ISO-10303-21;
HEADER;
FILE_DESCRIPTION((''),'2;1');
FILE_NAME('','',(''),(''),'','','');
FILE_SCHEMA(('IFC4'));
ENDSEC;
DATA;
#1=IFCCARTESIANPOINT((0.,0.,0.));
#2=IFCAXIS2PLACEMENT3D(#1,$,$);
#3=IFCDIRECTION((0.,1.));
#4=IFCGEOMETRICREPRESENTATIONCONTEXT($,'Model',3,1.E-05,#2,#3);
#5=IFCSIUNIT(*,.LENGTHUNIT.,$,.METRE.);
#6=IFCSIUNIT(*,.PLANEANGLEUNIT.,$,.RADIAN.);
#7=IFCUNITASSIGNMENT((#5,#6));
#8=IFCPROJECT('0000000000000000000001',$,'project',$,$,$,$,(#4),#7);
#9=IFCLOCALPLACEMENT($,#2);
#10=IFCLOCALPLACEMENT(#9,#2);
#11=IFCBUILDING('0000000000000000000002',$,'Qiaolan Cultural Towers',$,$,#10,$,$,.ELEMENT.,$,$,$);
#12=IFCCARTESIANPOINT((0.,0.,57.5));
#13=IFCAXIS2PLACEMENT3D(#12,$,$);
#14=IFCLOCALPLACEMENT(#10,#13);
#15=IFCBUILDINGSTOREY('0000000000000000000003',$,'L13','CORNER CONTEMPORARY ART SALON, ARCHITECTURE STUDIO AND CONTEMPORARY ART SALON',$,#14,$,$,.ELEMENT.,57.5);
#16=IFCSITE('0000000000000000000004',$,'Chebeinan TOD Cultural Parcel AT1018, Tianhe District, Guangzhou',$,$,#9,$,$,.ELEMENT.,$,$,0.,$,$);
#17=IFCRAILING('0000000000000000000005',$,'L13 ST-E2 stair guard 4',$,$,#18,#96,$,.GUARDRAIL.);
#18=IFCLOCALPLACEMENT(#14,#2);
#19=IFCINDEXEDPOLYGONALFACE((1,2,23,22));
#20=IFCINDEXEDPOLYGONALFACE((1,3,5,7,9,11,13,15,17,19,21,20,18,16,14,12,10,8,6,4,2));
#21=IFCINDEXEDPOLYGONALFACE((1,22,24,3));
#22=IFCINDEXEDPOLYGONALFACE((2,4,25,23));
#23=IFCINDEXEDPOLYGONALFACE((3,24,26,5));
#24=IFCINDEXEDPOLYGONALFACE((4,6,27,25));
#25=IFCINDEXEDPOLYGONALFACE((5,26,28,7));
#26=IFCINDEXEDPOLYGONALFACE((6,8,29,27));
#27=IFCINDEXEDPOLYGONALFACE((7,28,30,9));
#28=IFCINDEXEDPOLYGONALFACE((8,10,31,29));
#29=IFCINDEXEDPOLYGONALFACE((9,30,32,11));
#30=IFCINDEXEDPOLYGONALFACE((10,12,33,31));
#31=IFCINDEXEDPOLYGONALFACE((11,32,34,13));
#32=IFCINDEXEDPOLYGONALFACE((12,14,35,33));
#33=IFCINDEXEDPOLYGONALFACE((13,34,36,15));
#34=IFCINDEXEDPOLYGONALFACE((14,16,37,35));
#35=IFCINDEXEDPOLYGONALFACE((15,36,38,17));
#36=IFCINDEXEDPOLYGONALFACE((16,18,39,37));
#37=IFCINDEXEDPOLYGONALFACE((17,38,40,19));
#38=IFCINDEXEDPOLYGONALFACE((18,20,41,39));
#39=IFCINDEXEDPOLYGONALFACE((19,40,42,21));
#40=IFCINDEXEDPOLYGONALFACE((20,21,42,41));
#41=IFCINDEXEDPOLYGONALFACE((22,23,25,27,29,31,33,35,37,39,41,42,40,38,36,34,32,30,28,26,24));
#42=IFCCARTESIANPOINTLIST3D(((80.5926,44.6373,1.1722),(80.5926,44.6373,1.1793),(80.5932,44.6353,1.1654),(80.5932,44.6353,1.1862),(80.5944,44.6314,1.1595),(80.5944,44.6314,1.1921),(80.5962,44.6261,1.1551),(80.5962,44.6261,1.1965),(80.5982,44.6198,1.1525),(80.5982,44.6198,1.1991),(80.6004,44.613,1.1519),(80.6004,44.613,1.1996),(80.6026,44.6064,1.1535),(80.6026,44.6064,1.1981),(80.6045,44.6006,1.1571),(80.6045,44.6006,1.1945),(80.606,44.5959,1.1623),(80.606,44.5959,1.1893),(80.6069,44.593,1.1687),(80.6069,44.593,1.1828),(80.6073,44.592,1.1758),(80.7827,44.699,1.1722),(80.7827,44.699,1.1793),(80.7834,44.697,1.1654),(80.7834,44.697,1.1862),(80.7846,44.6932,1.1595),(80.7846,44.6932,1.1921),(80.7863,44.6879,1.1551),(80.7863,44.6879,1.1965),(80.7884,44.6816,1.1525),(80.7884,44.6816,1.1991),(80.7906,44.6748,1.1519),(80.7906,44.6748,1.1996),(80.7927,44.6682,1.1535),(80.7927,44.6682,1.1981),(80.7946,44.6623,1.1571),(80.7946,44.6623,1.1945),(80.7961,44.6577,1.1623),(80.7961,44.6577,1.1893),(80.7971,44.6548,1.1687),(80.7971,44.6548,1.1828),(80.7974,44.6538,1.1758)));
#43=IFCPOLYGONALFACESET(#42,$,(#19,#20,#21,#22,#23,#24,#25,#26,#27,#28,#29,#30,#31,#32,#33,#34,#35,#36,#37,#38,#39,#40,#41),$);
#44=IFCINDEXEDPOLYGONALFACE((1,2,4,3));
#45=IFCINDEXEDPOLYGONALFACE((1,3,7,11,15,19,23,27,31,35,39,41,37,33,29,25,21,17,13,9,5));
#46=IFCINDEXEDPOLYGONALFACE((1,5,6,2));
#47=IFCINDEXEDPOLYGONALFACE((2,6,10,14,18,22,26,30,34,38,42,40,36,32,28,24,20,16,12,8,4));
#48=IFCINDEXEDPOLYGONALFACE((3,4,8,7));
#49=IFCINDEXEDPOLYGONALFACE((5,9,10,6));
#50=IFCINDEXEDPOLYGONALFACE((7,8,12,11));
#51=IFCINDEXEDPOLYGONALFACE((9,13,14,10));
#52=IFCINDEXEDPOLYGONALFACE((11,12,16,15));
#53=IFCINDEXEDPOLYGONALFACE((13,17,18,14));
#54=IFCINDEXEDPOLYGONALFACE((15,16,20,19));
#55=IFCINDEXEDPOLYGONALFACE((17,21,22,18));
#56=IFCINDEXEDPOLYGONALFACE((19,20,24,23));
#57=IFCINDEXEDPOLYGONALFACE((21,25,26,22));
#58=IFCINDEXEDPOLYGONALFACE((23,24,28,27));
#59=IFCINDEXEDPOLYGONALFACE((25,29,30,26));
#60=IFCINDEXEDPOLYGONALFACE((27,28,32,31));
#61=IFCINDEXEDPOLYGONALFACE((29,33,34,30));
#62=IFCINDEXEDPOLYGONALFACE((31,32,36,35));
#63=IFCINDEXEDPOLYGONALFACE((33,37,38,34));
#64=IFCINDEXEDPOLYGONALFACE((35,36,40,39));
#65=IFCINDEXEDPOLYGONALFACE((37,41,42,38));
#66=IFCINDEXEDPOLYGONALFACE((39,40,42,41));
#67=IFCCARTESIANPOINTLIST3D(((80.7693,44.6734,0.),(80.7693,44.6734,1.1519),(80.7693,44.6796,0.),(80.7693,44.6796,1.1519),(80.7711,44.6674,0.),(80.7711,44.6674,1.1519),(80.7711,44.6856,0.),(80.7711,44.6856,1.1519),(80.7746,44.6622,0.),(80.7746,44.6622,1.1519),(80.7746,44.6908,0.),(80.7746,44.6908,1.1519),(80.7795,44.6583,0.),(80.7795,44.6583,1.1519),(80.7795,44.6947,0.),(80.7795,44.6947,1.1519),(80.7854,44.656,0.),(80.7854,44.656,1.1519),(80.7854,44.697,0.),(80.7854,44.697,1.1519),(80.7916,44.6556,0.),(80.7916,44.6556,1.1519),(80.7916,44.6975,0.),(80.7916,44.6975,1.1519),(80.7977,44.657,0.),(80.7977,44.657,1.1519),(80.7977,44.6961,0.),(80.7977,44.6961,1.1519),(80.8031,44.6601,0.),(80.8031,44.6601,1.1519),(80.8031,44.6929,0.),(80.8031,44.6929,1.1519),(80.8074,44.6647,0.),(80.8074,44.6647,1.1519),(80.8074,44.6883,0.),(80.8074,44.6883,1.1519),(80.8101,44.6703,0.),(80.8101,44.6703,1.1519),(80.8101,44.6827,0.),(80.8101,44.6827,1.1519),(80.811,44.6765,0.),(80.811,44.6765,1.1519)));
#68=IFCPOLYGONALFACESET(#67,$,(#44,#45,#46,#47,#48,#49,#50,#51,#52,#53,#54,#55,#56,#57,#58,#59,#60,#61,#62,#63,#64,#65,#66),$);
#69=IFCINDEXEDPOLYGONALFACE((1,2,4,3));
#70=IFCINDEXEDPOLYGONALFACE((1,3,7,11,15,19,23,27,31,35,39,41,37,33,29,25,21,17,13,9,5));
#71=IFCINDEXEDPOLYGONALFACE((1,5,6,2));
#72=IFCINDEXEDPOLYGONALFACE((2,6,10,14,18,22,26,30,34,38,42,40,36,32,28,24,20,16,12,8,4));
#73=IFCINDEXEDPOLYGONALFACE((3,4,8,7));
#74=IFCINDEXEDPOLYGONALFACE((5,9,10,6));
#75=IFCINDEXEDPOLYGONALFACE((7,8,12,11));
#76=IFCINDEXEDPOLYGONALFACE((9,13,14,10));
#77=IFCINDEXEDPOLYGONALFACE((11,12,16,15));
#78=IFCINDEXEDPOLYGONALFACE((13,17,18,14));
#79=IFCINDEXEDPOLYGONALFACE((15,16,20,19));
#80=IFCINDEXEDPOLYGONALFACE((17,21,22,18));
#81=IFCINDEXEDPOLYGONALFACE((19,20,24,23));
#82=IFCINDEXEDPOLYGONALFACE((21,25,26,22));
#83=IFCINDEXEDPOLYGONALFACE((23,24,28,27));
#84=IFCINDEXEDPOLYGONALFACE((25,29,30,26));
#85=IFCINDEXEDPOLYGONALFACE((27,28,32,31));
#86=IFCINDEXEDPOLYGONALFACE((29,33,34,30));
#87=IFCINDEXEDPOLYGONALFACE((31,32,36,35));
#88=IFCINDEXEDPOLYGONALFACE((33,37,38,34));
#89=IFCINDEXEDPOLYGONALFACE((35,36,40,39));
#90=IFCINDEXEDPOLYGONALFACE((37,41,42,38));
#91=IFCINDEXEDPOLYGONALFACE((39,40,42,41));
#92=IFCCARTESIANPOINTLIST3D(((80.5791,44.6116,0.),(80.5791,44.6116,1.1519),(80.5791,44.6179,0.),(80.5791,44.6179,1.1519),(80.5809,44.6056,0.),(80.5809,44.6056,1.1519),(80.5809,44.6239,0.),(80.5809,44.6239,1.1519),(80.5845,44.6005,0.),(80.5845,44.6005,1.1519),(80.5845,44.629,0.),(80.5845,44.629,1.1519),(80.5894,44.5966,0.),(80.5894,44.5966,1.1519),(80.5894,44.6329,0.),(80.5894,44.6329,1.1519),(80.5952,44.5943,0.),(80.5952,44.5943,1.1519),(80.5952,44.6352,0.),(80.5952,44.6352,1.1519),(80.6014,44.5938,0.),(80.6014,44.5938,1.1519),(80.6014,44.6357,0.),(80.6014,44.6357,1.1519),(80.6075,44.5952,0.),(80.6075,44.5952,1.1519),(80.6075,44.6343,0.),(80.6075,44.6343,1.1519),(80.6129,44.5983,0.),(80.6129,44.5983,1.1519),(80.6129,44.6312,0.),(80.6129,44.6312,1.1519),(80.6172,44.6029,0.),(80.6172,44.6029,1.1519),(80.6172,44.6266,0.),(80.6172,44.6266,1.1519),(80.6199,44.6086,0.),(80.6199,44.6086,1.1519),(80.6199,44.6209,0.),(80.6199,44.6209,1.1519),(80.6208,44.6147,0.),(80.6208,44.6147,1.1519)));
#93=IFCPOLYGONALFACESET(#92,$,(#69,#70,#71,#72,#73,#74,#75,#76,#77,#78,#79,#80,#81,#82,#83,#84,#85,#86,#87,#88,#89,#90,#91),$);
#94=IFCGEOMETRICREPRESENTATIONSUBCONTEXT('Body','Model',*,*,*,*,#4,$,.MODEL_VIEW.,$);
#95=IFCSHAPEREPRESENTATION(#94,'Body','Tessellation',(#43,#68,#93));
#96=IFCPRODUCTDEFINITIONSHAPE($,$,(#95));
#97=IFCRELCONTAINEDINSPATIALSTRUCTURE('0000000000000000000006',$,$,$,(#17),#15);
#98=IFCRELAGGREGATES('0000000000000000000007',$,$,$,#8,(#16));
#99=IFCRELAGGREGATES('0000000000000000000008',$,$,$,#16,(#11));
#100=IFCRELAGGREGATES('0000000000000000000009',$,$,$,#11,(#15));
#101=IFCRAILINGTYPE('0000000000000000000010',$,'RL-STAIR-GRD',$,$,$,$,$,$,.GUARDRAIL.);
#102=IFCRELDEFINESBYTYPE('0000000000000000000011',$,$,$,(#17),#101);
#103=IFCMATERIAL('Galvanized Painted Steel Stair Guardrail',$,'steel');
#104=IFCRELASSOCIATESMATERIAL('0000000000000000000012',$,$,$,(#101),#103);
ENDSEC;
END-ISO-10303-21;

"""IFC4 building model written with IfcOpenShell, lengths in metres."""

from ifc_helpers import new_model, si_unit, direction, frame, origin, origin_2d, place, context, subcontext, project, spatial, circle, extrude, material, type_object, element, save


model = new_model("IFC4")

# Units and contexts
model_context = context("Model", 3, precision=1e-05, world=origin(), true_north=direction((0.0, 1.0)))
body_context = subcontext(model_context, "Body", "Model", "MODEL_VIEW")
ifc_project = project(units=[si_unit("LENGTHUNIT", "METRE"), si_unit("PLANEANGLEUNIT", "RADIAN")], contexts=[model_context])

# Site, building, storey
site_placement = place(None, origin())
site = spatial("IfcSite", under=ifc_project, at=site_placement, Name="Chebeinan TOD Cultural Parcel AT1018, Tianhe District, Guangzhou", CompositionType="ELEMENT", RefElevation=0.0)
building_placement = place(site_placement, origin())
building = spatial("IfcBuilding", under=site, at=building_placement, Name="Qiaolan Cultural Towers", CompositionType="ELEMENT")
storey_placement = place(building_placement, frame((0.0, 0.0, 57.5)))
storey = spatial("IfcBuildingStorey", under=building, at=storey_placement, Name="L13", Description="CORNER CONTEMPORARY ART SALON, ARCHITECTURE STUDIO AND CONTEMPORARY ART SALON", CompositionType="ELEMENT", Elevation=57.5)

# Railing
ifc_material_1 = material(Name="Galvanized Painted Steel Stair Guardrail", Category="steel")
railing_type_1 = type_object("IfcRailingType", Name="RL-STAIR-GRD", PredefinedType="GUARDRAIL", material=ifc_material_1)
railing_1_placement = place(storey_placement, frame((80.79, 44.6765, 0.0)))
element("IfcRailing", 1, at=railing_1_placement, inside=storey, type_object=railing_type_1, Name="L13 ST-E2 stair guard 4", PredefinedType="GUARDRAIL", context=body_context, shape_type="SweptSolid", body=[
    extrude(circle(Radius=0.0239, at=origin_2d()), frame((0.0, 0.0, 1.1758), z_axis=(-0.951097, -0.308893, 0.0), x_axis=(0.308893, -0.951097, 0.0)), (0.0, 0.0, 1.0), 0.2),
    extrude(circle(Radius=0.021, at=origin_2d()), origin(), (0.0, 0.0, 1.0), 1.1519),
    extrude(circle(Radius=0.021, at=origin_2d()), frame((-0.1902, -0.0618, 0.0)), (0.0, 0.0, 1.0), 1.1519),
])

save(model, "model.ifc")
